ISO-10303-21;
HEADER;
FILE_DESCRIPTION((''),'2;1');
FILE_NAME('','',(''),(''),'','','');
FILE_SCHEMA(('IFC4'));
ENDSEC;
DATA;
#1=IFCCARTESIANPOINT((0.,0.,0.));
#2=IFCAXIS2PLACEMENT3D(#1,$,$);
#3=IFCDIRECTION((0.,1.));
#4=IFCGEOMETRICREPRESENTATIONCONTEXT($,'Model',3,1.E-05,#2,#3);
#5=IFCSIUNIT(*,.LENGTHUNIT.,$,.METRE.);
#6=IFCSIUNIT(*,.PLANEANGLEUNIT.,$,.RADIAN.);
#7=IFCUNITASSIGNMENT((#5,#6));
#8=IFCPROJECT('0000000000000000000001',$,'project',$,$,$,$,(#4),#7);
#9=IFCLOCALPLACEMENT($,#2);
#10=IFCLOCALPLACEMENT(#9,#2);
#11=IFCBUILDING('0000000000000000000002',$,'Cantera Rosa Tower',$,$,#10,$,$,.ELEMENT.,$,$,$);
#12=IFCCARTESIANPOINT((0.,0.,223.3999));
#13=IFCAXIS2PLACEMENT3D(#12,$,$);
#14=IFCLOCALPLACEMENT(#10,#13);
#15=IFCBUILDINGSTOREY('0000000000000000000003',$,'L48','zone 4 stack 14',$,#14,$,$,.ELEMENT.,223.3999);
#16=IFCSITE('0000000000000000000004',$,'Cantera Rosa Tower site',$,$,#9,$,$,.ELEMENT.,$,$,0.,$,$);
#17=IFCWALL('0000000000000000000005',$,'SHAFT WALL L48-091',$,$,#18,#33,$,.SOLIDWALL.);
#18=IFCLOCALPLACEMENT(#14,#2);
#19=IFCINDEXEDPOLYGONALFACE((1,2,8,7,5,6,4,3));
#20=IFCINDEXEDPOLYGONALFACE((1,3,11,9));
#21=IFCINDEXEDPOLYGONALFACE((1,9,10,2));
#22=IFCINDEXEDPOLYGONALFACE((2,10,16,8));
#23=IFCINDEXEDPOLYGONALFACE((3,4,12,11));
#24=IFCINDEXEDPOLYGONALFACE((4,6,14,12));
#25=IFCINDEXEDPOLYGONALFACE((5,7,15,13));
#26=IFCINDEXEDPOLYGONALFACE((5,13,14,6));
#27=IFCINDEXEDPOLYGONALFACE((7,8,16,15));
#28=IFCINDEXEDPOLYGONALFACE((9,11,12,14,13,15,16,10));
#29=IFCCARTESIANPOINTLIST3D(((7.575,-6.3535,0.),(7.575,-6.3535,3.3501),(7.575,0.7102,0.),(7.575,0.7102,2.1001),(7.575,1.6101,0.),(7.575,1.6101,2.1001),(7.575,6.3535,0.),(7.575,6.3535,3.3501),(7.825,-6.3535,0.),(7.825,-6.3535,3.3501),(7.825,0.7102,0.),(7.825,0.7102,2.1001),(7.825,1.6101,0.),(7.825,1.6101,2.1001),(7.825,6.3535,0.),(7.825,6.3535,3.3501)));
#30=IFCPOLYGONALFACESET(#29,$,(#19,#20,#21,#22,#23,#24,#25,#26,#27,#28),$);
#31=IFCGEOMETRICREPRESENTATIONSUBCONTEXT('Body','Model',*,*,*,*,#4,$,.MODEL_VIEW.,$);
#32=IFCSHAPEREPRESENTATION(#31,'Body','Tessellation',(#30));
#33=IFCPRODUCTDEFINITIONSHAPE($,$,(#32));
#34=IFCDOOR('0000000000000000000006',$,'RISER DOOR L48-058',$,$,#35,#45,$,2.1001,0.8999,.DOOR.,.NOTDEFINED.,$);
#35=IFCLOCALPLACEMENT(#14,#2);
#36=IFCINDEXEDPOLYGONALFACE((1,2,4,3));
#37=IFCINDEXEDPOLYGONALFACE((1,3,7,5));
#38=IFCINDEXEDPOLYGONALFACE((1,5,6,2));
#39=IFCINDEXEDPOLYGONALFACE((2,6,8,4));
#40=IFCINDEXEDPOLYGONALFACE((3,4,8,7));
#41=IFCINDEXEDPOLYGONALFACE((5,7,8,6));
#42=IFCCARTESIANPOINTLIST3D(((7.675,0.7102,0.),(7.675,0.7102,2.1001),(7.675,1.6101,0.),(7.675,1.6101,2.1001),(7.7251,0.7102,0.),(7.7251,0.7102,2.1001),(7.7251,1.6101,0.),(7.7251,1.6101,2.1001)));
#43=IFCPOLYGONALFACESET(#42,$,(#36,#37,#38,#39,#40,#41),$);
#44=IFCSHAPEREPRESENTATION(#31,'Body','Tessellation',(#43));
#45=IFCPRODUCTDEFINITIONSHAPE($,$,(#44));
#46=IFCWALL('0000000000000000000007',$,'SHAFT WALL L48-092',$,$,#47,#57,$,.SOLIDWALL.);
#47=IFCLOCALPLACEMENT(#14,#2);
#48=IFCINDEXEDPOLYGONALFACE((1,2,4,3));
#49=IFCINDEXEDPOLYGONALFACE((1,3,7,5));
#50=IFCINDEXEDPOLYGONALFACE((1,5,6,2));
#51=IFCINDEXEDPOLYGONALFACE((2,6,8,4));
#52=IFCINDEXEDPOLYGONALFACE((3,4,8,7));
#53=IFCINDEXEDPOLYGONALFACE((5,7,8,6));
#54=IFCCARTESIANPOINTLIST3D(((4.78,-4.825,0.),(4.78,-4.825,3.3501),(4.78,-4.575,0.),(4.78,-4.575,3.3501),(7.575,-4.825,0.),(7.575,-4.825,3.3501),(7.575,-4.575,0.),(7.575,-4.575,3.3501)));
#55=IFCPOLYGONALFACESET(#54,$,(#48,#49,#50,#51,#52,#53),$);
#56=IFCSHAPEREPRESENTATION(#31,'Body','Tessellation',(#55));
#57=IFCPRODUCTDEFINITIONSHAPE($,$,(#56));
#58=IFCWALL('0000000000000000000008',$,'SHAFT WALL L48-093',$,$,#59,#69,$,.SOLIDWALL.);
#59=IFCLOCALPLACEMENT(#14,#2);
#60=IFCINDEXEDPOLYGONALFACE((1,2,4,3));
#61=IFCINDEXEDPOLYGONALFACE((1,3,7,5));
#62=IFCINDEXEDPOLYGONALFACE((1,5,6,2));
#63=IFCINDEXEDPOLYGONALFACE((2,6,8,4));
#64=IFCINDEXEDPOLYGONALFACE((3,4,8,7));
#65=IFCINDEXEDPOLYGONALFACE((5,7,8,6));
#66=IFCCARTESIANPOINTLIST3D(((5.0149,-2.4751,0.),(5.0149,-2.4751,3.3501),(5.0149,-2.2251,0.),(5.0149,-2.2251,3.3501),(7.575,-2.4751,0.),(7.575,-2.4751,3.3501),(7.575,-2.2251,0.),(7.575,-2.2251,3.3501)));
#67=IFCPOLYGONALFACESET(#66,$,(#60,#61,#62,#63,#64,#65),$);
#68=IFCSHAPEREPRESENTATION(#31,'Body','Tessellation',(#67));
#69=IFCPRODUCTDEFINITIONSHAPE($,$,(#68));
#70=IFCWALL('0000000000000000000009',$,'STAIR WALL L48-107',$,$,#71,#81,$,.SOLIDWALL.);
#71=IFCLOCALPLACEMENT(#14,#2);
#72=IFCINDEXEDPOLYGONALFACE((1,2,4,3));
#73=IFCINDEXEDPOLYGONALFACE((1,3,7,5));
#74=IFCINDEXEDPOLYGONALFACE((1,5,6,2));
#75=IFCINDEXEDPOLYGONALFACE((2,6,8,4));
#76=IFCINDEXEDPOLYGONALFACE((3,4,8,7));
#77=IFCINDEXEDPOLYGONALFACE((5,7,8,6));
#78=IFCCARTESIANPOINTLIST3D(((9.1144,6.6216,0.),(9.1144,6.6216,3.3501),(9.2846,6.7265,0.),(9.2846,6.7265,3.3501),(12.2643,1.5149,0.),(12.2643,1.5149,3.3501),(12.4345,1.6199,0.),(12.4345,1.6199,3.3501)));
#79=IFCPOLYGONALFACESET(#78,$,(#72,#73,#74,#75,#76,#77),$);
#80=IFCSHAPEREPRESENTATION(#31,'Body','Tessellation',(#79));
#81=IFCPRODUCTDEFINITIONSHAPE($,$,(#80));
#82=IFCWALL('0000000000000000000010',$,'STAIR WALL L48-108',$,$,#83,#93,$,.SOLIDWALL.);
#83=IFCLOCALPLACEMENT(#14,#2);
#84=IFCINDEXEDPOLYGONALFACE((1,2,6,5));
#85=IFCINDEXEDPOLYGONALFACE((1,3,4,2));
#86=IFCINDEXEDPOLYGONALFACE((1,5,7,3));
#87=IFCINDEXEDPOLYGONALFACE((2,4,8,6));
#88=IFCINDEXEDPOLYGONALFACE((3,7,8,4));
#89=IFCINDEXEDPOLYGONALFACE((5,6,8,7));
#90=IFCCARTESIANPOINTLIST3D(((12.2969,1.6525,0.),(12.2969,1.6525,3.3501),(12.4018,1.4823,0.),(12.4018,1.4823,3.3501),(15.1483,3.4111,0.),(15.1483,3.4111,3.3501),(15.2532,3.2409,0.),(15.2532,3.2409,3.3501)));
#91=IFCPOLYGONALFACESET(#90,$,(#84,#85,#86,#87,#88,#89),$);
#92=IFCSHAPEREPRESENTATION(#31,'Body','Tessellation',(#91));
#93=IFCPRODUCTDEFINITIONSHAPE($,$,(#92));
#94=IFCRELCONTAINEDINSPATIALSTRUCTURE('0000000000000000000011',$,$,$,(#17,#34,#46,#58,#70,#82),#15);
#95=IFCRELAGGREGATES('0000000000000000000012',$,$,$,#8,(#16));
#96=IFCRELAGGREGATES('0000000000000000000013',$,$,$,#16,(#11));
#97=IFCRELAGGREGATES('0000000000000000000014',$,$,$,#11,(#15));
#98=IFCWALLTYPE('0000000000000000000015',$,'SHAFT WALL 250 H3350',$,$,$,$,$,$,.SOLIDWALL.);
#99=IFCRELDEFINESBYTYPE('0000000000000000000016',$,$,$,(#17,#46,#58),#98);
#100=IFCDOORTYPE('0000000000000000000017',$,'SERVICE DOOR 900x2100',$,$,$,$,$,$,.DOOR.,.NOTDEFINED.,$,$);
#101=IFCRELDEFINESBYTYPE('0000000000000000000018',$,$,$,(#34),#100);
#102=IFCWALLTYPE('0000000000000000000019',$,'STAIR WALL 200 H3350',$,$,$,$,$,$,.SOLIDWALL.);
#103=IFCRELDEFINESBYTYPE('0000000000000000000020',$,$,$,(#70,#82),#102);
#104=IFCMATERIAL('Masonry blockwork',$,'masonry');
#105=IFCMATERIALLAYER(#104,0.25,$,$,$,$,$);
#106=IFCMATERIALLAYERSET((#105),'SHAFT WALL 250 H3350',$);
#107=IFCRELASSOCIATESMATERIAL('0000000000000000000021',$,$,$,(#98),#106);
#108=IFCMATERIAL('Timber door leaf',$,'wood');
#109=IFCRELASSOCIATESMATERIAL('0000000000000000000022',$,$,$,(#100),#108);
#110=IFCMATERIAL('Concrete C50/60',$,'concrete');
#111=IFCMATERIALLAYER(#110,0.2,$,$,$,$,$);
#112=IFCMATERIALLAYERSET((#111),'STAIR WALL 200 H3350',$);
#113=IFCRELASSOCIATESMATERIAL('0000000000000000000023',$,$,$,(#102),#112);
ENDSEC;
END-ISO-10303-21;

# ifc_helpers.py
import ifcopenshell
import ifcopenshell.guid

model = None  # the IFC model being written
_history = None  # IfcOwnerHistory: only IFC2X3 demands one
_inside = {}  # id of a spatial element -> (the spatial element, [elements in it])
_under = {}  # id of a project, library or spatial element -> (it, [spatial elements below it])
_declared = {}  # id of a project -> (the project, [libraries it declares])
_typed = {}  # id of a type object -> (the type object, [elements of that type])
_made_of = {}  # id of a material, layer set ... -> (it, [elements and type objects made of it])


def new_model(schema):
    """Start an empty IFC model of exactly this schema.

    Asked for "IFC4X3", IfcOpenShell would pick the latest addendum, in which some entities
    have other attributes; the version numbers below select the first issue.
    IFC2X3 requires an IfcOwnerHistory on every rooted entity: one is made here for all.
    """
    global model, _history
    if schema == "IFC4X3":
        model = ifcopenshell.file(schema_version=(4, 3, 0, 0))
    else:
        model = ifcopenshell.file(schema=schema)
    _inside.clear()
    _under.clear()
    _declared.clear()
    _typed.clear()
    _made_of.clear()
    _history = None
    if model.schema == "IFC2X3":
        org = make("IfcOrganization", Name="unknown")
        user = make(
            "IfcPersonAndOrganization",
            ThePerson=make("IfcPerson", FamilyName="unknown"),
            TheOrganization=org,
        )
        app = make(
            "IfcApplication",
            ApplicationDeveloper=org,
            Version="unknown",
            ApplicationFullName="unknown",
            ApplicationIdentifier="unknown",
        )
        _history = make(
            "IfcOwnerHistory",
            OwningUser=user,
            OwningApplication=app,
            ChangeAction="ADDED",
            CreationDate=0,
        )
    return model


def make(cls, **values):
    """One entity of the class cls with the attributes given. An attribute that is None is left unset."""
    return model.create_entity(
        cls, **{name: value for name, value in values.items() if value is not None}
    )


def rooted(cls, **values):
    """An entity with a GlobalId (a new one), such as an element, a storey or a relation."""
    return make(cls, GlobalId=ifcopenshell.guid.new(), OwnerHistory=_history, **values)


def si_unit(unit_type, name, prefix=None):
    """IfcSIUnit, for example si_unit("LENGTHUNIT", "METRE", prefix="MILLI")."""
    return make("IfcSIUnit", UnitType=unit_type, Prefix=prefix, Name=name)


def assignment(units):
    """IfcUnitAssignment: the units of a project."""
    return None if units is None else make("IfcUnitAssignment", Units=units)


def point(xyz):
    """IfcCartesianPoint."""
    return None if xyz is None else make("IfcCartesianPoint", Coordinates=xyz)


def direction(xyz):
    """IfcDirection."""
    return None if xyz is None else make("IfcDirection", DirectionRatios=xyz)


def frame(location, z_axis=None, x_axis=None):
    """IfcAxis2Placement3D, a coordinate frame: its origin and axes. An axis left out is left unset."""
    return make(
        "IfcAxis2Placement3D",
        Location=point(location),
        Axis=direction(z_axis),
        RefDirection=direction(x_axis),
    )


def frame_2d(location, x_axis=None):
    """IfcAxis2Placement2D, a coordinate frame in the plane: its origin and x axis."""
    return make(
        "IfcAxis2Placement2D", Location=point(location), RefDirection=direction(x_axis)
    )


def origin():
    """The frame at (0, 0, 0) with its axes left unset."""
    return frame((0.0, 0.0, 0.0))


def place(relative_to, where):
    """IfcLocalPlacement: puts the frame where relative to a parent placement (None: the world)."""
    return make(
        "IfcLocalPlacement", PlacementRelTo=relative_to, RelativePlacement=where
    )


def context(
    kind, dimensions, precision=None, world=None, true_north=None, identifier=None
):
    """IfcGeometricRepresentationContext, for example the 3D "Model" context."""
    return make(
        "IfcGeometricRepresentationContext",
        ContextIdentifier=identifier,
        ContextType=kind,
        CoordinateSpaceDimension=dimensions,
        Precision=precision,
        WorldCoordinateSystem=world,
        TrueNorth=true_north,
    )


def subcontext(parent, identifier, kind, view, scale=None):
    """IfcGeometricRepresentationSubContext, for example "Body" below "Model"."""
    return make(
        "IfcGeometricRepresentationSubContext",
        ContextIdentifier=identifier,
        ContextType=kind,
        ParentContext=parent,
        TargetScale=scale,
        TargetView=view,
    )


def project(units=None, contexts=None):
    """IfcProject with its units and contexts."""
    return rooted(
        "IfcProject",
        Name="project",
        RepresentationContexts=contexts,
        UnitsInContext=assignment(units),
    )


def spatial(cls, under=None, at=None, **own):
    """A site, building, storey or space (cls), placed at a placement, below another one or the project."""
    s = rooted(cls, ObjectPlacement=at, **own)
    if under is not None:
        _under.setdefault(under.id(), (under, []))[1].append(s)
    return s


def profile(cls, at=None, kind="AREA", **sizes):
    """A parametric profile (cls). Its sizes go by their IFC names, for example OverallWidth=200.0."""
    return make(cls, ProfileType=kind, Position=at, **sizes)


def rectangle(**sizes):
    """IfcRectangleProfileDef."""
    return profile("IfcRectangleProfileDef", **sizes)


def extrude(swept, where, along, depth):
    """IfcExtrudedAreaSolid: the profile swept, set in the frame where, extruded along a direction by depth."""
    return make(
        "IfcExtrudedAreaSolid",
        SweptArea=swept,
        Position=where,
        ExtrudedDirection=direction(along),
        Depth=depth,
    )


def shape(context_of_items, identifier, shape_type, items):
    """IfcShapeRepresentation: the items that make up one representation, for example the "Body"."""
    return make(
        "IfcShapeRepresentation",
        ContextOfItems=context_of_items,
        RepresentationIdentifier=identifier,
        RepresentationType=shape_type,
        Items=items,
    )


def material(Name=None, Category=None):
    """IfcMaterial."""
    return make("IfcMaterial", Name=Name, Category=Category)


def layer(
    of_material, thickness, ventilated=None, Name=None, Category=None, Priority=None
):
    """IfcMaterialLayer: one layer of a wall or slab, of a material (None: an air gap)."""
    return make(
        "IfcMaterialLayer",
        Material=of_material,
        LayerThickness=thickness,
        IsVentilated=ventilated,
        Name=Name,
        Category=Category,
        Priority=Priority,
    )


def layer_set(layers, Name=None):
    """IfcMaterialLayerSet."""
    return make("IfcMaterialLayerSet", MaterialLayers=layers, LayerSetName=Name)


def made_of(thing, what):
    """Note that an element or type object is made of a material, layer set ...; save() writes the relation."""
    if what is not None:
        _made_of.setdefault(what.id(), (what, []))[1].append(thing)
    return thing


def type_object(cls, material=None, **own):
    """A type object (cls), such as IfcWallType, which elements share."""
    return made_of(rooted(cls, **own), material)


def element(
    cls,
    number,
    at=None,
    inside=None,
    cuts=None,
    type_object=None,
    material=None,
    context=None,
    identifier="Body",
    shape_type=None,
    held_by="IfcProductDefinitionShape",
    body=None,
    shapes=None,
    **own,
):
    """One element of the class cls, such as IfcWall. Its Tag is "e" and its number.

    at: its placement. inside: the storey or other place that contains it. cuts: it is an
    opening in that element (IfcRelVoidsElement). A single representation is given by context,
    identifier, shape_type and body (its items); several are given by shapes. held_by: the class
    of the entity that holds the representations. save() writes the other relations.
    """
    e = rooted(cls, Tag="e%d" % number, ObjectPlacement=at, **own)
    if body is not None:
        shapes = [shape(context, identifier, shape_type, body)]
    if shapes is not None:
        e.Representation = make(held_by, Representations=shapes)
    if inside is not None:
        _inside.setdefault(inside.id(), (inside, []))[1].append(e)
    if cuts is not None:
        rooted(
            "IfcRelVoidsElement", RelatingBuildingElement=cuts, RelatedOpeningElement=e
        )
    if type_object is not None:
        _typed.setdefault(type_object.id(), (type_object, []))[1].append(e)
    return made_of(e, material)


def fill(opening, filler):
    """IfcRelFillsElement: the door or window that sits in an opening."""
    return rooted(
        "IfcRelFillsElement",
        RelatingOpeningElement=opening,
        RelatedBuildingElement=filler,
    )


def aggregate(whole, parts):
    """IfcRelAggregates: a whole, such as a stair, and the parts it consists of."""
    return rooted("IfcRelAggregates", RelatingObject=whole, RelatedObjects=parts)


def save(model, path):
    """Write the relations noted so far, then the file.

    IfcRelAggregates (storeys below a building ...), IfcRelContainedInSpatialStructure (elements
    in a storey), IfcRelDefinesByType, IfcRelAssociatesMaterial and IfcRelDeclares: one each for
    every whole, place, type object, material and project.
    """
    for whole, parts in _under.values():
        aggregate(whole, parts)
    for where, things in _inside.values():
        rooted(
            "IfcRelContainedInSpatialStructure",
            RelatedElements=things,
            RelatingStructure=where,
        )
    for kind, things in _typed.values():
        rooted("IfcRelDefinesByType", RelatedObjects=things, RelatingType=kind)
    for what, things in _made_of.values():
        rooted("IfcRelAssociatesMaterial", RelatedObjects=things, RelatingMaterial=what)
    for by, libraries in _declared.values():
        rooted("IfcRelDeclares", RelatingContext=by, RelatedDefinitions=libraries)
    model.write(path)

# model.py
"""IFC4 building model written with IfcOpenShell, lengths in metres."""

from ifc_helpers import new_model, si_unit, direction, frame, frame_2d, origin, place, context, subcontext, project, spatial, rectangle, extrude, material, layer, layer_set, type_object, element, fill, save


model = new_model("IFC4")

# Units and contexts
model_context = context("Model", 3, precision=1e-05, world=origin(), true_north=direction((0.0, 1.0)))
body_context = subcontext(model_context, "Body", "Model", "MODEL_VIEW")
ifc_project = project(units=[si_unit("LENGTHUNIT", "METRE"), si_unit("PLANEANGLEUNIT", "RADIAN")], contexts=[model_context])

# Site, building, storey
site_placement = place(None, origin())
site = spatial("IfcSite", under=ifc_project, at=site_placement, Name="Cantera Rosa Tower site", CompositionType="ELEMENT", RefElevation=0.0)
building_placement = place(site_placement, origin())
building = spatial("IfcBuilding", under=site, at=building_placement, Name="Cantera Rosa Tower", CompositionType="ELEMENT")
storey_placement = place(building_placement, frame((0.0, 0.0, 223.3999)))
storey = spatial("IfcBuildingStorey", under=building, at=storey_placement, Name="L48", Description="zone 4 stack 14", CompositionType="ELEMENT", Elevation=223.3999)

# Shared definitions
ifc_material_1 = material(Name="Masonry blockwork", Category="masonry")
ifc_layer_1 = layer(ifc_material_1, 0.25)
ifc_layer_set_1 = layer_set([ifc_layer_1], Name="SHAFT WALL 250 H3350")
wall_type_1 = type_object("IfcWallType", Name="SHAFT WALL 250 H3350", PredefinedType="SOLIDWALL", material=ifc_layer_set_1)

# Wall, opening, door
wall_1_placement = place(storey_placement, frame((7.7, -6.3535, 0.0), z_axis=(0.0, 0.0, 1.0), x_axis=(0.0, 1.0, 0.0)))
wall_1 = element("IfcWall", 1, at=wall_1_placement, inside=storey, type_object=wall_type_1, Name="SHAFT WALL L48-091", PredefinedType="SOLIDWALL", context=body_context, shape_type="SweptSolid", body=[
    extrude(rectangle(XDim=12.707, YDim=0.25, at=frame_2d((6.3535, 0.0))), origin(), (0.0, 0.0, 1.0), 3.3501),
])
opening_1_placement = place(wall_1_placement, frame((7.0637, 0.0, 0.0)))
opening_1 = element("IfcOpeningElement", 2, at=opening_1_placement, cuts=wall_1, PredefinedType="OPENING", context=body_context, shape_type="SweptSolid", body=[
    extrude(rectangle(XDim=0.8999, YDim=2.1001, at=frame_2d((0.45, 1.05))), frame((0.0, 0.135, 0.0), z_axis=(0.0, -1.0, 0.0), x_axis=(1.0, 0.0, 0.0)), (0.0, 0.0, 1.0), 0.27),
])
ifc_material_2 = material(Name="Timber door leaf", Category="wood")
door_type_1 = type_object("IfcDoorType", Name="SERVICE DOOR 900x2100", OperationType="NOTDEFINED", PredefinedType="DOOR", material=ifc_material_2)
door_1_placement = place(opening_1_placement, origin())
door_1 = element("IfcDoor", 3, at=door_1_placement, inside=storey, type_object=door_type_1, Name="RISER DOOR L48-058", OperationType="NOTDEFINED", OverallHeight=2.1001, OverallWidth=0.8999, PredefinedType="DOOR", context=body_context, shape_type="SweptSolid", body=[
    extrude(rectangle(XDim=0.8999, YDim=2.1001, at=frame_2d((0.45, 1.05))), frame((0.0, 0.0249, 0.0), z_axis=(0.0, -1.0, 0.0), x_axis=(1.0, 0.0, 0.0)), (0.0, 0.0, 1.0), 0.05),
])
fill(opening_1, door_1)

# Walls
wall_2_placement = place(storey_placement, frame((7.575, -4.7, 0.0), z_axis=(0.0, 0.0, 1.0), x_axis=(-1.0, 0.0, 0.0)))
element("IfcWall", 4, at=wall_2_placement, inside=storey, type_object=wall_type_1, Name="SHAFT WALL L48-092", PredefinedType="SOLIDWALL", context=body_context, shape_type="SweptSolid", body=[
    extrude(rectangle(XDim=2.7949, YDim=0.25, at=frame_2d((1.3975, 0.0))), origin(), (0.0, 0.0, 1.0), 3.3501),
])
wall_3_placement = place(storey_placement, frame((7.575, -2.3501, 0.0), z_axis=(0.0, 0.0, 1.0), x_axis=(-1.0, 0.0, 0.0)))
element("IfcWall", 5, at=wall_3_placement, inside=storey, type_object=wall_type_1, Name="SHAFT WALL L48-093", PredefinedType="SOLIDWALL", context=body_context, shape_type="SweptSolid", body=[
    extrude(rectangle(XDim=2.5601, YDim=0.25, at=frame_2d((1.28, 0.0))), origin(), (0.0, 0.0, 1.0), 3.3501),
])
ifc_material_3 = material(Name="Concrete C50/60", Category="concrete")
ifc_layer_2 = layer(ifc_material_3, 0.2)
ifc_layer_set_2 = layer_set([ifc_layer_2], Name="STAIR WALL 200 H3350")
wall_type_2 = type_object("IfcWallType", Name="STAIR WALL 200 H3350", PredefinedType="SOLIDWALL", material=ifc_layer_set_2)
wall_4_placement = place(storey_placement, frame((12.3494, 1.5674, 0.0), z_axis=(0.0, 0.0, 1.0), x_axis=(-0.524983, 0.851113, 0.0)))
element("IfcWall", 6, at=wall_4_placement, inside=storey, type_object=wall_type_2, Name="STAIR WALL L48-107", PredefinedType="SOLIDWALL", context=body_context, shape_type="SweptSolid", body=[
    extrude(rectangle(XDim=6.0, YDim=0.2, at=frame_2d((3.0, 0.0))), origin(), (0.0, 0.0, 1.0), 3.3501),
])
wall_5_placement = place(storey_placement, frame((12.3494, 1.5674, 0.0), z_axis=(0.0, 0.0, 1.0), x_axis=(0.85114, 0.524939, 0.0)))
element("IfcWall", 7, at=wall_5_placement, inside=storey, type_object=wall_type_2, Name="STAIR WALL L48-108", PredefinedType="SOLIDWALL", context=body_context, shape_type="SweptSolid", body=[
    extrude(rectangle(XDim=3.3501, YDim=0.2, at=frame_2d((1.675, 0.0))), origin(), (0.0, 0.0, 1.0), 3.3501),
])

save(model, "model.ifc")
